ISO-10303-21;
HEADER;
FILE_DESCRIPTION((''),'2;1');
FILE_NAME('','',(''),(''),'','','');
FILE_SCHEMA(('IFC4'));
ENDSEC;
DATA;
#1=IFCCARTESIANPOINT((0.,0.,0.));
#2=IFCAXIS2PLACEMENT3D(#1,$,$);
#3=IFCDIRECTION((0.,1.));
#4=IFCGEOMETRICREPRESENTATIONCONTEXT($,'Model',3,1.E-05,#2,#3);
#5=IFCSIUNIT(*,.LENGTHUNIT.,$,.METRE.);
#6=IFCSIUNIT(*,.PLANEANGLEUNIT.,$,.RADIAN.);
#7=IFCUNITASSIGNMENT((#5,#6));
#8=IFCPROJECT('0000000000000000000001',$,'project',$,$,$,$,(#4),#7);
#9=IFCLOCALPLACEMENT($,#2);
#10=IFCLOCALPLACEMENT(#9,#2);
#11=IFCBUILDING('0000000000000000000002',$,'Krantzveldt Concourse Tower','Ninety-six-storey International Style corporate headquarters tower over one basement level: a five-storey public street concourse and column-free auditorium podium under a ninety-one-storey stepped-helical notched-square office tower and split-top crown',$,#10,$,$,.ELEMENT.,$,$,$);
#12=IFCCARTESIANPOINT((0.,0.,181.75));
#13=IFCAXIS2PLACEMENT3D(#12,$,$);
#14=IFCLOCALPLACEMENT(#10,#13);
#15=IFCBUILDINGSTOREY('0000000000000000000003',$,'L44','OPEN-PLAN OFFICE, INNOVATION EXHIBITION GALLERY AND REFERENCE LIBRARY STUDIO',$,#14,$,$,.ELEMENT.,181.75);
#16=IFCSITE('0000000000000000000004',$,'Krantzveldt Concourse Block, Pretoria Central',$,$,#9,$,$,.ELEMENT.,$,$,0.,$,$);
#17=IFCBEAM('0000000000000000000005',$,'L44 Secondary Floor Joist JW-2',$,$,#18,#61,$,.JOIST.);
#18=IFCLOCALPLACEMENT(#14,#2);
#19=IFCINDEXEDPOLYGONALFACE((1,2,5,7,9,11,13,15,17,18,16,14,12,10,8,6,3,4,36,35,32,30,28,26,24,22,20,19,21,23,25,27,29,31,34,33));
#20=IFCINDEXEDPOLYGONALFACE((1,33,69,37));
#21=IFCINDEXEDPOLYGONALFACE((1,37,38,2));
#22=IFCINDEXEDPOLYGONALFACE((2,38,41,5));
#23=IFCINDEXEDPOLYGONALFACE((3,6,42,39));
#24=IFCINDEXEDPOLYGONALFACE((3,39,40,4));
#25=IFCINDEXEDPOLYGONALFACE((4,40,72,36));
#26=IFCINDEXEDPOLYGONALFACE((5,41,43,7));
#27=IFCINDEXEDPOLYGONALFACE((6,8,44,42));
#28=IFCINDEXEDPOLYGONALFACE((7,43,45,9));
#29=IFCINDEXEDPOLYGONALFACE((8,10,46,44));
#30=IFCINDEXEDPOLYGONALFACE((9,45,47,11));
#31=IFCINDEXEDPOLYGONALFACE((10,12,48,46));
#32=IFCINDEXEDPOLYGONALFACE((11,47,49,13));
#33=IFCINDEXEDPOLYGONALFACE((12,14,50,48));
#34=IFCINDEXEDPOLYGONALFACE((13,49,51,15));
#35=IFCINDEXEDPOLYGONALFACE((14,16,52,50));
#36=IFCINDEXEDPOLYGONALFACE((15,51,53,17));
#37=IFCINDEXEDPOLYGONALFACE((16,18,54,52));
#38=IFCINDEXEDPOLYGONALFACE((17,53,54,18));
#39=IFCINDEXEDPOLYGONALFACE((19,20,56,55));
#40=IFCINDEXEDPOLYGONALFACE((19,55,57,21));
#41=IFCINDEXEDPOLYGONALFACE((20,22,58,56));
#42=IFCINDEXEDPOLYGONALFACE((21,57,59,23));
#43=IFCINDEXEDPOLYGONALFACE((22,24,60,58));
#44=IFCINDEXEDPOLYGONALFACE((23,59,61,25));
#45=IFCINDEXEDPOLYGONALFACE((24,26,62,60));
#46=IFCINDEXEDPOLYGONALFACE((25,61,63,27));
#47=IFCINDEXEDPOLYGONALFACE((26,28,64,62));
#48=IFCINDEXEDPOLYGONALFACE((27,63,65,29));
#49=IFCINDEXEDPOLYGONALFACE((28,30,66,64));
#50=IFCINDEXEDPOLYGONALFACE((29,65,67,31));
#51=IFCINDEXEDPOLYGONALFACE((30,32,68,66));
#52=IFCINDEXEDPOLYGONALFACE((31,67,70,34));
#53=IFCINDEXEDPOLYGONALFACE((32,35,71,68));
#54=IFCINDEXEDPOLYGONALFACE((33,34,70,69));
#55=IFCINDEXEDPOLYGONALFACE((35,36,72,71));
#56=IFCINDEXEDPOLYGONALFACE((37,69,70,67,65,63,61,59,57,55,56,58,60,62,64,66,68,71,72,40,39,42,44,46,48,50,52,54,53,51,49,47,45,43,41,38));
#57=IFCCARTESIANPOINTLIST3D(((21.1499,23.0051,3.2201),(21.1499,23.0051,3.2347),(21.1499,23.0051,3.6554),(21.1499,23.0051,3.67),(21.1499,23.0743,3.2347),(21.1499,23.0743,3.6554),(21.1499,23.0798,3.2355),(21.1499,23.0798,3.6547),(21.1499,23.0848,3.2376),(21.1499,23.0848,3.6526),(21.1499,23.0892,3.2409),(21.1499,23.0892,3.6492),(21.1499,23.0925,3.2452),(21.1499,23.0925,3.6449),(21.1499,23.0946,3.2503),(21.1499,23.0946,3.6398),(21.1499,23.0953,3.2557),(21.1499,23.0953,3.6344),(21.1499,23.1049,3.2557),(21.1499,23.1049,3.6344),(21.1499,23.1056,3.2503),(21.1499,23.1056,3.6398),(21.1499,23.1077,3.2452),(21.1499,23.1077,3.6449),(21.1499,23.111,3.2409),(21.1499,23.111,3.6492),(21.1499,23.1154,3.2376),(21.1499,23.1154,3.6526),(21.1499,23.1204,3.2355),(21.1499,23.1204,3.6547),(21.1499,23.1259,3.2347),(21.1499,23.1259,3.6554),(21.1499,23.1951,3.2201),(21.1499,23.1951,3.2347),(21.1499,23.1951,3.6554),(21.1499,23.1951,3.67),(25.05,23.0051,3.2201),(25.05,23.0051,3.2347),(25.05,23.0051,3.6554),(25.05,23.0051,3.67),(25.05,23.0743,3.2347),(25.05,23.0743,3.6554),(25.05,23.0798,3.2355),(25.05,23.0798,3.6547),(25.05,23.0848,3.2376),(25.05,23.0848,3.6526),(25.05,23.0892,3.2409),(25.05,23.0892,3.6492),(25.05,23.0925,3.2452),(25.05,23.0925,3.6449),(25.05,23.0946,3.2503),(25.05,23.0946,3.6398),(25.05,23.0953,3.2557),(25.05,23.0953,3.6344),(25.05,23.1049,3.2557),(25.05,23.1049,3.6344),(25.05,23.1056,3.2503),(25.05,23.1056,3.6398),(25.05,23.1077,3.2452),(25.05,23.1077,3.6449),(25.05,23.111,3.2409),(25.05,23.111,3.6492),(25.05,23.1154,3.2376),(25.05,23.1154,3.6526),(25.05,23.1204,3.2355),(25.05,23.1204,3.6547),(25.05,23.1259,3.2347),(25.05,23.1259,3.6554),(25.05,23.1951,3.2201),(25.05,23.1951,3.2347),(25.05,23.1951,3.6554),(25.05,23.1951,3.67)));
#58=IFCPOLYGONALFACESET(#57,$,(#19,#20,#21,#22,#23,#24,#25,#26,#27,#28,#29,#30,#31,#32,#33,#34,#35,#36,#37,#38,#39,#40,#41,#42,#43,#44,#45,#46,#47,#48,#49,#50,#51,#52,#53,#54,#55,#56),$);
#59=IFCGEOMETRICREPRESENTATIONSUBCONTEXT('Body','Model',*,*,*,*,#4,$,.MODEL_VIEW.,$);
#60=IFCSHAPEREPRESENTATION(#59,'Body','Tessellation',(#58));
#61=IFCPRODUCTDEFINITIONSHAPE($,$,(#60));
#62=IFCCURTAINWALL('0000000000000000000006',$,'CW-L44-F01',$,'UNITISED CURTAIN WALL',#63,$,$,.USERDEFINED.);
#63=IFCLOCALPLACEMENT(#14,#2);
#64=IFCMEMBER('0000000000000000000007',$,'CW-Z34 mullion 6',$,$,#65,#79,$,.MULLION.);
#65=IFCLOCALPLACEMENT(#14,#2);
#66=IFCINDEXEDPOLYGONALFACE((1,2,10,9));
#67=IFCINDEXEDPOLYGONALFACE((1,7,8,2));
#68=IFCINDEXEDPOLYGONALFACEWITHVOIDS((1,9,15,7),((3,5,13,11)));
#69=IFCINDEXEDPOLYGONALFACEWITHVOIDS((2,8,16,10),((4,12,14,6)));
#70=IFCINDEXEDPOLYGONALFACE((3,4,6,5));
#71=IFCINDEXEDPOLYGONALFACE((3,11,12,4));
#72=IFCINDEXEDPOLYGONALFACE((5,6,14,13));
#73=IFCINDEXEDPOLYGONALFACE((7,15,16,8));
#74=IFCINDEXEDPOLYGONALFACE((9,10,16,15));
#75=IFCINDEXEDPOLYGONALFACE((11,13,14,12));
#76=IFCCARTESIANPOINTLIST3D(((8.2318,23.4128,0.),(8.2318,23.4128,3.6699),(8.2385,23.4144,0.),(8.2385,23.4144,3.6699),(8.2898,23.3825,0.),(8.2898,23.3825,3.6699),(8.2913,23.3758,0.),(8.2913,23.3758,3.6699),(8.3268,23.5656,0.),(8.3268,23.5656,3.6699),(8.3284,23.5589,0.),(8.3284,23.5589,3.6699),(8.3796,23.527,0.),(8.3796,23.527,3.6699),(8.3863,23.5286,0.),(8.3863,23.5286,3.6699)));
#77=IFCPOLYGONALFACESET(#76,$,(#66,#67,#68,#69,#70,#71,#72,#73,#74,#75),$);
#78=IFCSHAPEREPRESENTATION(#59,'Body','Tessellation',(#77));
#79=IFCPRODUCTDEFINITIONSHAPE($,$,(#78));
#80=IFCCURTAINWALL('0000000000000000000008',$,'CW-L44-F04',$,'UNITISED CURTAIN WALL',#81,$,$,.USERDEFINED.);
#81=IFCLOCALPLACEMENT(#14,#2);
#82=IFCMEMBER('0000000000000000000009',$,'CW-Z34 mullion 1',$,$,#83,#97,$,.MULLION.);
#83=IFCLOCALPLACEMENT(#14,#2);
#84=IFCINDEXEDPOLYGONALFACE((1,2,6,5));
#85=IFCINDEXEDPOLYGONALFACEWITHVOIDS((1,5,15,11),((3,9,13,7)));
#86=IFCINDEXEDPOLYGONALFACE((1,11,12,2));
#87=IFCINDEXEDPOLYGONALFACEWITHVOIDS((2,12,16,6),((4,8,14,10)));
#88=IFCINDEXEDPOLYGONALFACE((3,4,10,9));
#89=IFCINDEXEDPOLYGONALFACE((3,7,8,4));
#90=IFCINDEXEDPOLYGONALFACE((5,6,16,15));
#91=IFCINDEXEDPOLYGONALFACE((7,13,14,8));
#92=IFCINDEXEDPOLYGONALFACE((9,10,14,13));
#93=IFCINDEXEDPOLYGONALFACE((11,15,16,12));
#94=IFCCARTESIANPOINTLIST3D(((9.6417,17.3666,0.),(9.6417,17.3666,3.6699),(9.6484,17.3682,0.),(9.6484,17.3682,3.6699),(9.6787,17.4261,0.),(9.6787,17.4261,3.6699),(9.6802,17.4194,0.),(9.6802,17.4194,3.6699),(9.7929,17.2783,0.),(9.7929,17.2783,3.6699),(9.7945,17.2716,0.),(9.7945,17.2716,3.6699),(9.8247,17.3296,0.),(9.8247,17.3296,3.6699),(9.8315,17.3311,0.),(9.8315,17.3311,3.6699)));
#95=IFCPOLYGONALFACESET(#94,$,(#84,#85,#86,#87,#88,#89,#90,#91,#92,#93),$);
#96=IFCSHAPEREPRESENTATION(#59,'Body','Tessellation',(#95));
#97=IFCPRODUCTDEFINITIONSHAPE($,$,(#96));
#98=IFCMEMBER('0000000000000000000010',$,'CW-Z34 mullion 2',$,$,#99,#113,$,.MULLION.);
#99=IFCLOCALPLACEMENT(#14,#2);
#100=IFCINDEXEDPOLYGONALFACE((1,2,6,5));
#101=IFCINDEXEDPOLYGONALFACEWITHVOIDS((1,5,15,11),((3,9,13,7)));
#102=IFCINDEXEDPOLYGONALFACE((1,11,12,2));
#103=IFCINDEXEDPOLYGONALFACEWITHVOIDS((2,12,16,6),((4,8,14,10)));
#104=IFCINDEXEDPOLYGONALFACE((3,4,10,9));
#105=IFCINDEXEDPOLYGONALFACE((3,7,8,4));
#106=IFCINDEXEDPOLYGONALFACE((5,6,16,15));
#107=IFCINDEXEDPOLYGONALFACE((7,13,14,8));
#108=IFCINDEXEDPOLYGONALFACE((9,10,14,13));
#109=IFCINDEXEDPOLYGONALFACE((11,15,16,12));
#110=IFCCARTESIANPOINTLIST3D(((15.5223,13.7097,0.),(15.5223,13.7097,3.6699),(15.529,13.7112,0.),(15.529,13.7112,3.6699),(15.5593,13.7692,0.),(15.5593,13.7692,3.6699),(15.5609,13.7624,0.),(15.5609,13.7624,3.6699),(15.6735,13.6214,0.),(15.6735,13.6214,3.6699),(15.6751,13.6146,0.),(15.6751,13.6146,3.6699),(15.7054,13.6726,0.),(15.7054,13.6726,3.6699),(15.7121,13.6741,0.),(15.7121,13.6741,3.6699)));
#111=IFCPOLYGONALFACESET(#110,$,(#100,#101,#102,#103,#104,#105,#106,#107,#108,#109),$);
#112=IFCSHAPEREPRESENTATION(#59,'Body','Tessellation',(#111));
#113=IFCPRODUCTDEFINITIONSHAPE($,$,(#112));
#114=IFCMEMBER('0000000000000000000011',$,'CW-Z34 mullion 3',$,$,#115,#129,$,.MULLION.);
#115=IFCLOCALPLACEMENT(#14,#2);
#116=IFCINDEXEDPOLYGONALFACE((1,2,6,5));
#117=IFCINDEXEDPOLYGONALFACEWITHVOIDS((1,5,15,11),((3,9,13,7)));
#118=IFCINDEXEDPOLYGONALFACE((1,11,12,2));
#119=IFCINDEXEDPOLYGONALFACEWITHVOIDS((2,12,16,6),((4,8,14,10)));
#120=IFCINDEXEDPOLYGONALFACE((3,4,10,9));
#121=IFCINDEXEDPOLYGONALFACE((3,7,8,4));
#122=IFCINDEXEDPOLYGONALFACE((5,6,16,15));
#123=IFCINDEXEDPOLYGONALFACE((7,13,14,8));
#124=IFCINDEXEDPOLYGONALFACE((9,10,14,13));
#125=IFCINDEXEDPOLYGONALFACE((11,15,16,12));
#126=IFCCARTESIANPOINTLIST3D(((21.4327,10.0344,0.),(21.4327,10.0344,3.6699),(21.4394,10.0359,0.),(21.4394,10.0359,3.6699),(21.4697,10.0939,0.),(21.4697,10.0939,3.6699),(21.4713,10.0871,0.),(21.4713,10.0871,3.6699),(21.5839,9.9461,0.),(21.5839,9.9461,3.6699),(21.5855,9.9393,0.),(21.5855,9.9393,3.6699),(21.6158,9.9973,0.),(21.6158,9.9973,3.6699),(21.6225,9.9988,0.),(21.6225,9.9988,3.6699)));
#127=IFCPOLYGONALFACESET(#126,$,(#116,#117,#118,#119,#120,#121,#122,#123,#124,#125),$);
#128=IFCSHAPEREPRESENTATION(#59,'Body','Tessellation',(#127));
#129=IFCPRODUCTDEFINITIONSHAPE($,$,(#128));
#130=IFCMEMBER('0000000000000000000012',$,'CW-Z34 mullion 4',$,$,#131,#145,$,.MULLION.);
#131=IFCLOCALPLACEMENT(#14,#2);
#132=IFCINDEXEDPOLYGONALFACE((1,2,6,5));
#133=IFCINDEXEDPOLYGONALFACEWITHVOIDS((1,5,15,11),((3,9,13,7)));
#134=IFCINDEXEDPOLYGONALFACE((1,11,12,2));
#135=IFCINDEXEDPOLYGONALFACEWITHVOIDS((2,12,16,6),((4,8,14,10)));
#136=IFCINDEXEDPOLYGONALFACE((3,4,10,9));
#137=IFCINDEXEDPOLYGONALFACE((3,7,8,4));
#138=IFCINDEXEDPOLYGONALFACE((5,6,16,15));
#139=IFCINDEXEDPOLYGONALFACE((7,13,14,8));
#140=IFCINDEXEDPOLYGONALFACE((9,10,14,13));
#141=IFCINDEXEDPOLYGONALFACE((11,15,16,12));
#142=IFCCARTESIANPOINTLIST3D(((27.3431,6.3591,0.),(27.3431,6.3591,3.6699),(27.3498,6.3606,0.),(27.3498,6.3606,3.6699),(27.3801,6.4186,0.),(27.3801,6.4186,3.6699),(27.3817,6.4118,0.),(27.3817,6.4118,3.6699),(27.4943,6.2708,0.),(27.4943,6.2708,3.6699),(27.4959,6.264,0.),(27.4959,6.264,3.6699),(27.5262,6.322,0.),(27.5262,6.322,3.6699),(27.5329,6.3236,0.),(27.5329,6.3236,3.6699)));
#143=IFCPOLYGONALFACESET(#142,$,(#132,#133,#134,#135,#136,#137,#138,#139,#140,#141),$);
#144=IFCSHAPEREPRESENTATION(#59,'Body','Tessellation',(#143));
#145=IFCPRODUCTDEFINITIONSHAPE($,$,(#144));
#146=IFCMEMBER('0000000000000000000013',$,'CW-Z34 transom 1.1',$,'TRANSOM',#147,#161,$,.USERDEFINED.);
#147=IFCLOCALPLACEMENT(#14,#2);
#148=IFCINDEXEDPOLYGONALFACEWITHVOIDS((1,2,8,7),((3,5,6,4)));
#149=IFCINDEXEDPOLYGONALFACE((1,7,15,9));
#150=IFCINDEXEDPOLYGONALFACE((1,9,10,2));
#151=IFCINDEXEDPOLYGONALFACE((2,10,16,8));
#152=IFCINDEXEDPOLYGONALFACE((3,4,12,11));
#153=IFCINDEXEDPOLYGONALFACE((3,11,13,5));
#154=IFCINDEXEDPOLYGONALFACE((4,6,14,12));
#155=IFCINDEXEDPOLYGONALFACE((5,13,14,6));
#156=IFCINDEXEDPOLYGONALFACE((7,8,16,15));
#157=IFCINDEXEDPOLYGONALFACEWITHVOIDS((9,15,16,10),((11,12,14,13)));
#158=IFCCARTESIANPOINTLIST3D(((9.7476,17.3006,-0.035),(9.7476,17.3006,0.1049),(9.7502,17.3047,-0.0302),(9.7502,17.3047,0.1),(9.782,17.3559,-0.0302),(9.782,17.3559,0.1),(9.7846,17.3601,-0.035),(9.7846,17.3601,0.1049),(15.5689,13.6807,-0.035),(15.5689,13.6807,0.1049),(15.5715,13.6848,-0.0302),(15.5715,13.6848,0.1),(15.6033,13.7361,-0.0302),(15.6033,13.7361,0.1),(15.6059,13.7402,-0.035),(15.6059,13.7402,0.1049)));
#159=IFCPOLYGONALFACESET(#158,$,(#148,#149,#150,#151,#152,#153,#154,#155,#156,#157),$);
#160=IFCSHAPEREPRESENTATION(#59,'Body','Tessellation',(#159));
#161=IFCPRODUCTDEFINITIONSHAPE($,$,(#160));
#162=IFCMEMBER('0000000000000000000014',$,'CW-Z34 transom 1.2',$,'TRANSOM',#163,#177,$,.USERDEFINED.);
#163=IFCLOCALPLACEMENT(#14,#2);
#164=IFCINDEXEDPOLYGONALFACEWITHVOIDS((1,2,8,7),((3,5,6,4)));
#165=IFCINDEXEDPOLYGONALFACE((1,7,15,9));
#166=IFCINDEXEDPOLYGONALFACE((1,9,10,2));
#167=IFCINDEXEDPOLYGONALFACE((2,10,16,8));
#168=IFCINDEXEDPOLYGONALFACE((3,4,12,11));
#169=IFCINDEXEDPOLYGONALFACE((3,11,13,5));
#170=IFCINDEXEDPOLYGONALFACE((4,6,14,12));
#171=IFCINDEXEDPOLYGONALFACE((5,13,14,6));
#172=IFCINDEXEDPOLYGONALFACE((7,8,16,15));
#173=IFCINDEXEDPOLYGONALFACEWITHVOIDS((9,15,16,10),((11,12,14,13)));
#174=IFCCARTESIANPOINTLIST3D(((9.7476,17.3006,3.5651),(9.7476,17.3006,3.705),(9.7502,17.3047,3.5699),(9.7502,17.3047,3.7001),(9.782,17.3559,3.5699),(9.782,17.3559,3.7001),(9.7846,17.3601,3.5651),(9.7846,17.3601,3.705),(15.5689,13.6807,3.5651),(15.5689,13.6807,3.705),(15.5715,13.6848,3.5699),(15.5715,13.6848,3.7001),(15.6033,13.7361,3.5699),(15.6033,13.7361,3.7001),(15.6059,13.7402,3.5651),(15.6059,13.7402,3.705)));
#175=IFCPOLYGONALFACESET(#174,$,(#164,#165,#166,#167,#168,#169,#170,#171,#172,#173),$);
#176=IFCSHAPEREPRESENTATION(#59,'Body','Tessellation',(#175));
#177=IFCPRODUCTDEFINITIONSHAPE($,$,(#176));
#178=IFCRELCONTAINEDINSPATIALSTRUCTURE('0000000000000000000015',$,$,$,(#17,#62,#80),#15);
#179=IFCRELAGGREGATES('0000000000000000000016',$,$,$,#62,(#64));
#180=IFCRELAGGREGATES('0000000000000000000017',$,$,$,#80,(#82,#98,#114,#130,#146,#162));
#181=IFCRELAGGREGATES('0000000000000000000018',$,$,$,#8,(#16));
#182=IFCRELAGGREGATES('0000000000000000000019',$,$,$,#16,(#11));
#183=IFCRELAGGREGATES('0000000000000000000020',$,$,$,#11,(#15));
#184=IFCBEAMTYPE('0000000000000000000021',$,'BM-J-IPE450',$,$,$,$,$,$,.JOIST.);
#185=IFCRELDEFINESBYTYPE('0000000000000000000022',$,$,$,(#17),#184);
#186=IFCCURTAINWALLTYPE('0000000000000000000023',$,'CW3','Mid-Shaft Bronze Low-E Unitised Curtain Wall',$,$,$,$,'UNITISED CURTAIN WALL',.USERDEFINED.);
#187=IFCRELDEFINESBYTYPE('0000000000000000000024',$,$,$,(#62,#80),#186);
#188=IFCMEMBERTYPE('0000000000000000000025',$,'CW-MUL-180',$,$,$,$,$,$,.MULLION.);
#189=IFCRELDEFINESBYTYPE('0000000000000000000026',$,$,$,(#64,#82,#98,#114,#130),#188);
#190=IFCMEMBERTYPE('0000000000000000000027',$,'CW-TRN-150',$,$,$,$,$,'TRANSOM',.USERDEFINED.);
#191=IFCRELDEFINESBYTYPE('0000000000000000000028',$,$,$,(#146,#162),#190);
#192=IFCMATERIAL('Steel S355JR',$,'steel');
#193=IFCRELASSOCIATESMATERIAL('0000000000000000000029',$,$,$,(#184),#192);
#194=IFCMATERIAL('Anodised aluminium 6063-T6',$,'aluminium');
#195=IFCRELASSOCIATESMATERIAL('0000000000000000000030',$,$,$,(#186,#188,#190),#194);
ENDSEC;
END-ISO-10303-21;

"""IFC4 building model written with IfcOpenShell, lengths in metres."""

from ifc_helpers import new_model, si_unit, direction, frame, origin, origin_2d, place, context, subcontext, project, spatial, hollow_rectangle, i_section, extrude, source, transform, mapped, material, material_profile, profile_set, type_object, type_shapes, element, aggregate, save


model = new_model("IFC4")

# Units and contexts
model_context = context("Model", 3, precision=1e-05, world=origin(), true_north=direction((0.0, 1.0)))
body_context = subcontext(model_context, "Body", "Model", "MODEL_VIEW")
ifc_project = project(units=[si_unit("LENGTHUNIT", "METRE"), si_unit("PLANEANGLEUNIT", "RADIAN")], contexts=[model_context])

# Site, building, storey
site_placement = place(None, origin())
site = spatial("IfcSite", under=ifc_project, at=site_placement, Name="Krantzveldt Concourse Block, Pretoria Central", CompositionType="ELEMENT", RefElevation=0.0)
building_placement = place(site_placement, origin())
building = spatial("IfcBuilding", under=site, at=building_placement, Name="Krantzveldt Concourse Tower", Description="Ninety-six-storey International Style corporate headquarters tower over one basement level: a five-storey public street concourse and column-free auditorium podium under a ninety-one-storey stepped-helical notched-square office tower and split-top crown", CompositionType="ELEMENT")
storey_placement = place(building_placement, frame((0.0, 0.0, 181.75)))
storey = spatial("IfcBuildingStorey", under=building, at=storey_placement, Name="L44", Description="OPEN-PLAN OFFICE, INNOVATION EXHIBITION GALLERY AND REFERENCE LIBRARY STUDIO", CompositionType="ELEMENT", Elevation=181.75)

# Beam
ifc_material_1 = material(Name="Steel S355JR", Category="steel")
ifc_material_profile_1 = material_profile(ifc_material_1, i_section(OverallWidth=0.1899, OverallDepth=0.45, WebThickness=0.0095, FlangeThickness=0.0146, FilletRadius=0.021, at=origin_2d()), Name="Steel S355JR", Category="steel")
ifc_profile_set_1 = profile_set([ifc_material_profile_1], Name="Steel S355JR - IPE 450")
beam_type_1 = type_object("IfcBeamType", Name="BM-J-IPE450", PredefinedType="JOIST", material=ifc_profile_set_1)
shared_shape_1 = source(origin(), body_context, "Body", "SweptSolid", [
    extrude(i_section(OverallWidth=0.1899, OverallDepth=0.45, WebThickness=0.0095, FlangeThickness=0.0146, FilletRadius=0.021, at=origin_2d()), origin(), (0.0, 0.0, 1.0), 3.9001),
])
type_shapes(beam_type_1, [shared_shape_1])
for number, where, z_axis, x_axis, name in (
    (1, (21.1499, 23.1001, 3.4451), (1.0, 0.0, 0.0), (0.0, 1.0, 0.0), "L44 Secondary Floor Joist JW-2"),
):
    element("IfcBeam", number, at=place(storey_placement, frame(where, z_axis=z_axis, x_axis=x_axis)), inside=storey, type_object=beam_type_1, Name=name, PredefinedType="JOIST", context=body_context, shape_type="MappedRepresentation", body=[
        mapped(shared_shape_1, transform((0.0, 0.0, 0.0), x_axis=(1.0, 0.0, 0.0), y_axis=(0.0, 1.0, 0.0), z_axis=(0.0, 0.0, 1.0), scale=1.0)),
    ])

# Curtain wall, member
ifc_material_2 = material(Name="Anodised aluminium 6063-T6", Category="aluminium")
curtain_wall_type = type_object("IfcCurtainWallType", Name="CW3", Description="Mid-Shaft Bronze Low-E Unitised Curtain Wall", ElementType="UNITISED CURTAIN WALL", PredefinedType="USERDEFINED", material=ifc_material_2)
curtain_wall_1_placement = place(storey_placement, origin())
curtain_wall_1 = element("IfcCurtainWall", 2, at=curtain_wall_1_placement, inside=storey, type_object=curtain_wall_type, Name="CW-L44-F01", ObjectType="UNITISED CURTAIN WALL", PredefinedType="USERDEFINED")
ifc_material_profile_2 = material_profile(ifc_material_2, hollow_rectangle(XDim=0.0701, YDim=0.1799, WallThickness=0.0049, at=origin_2d()), Name="Anodised aluminium 6063-T6", Category="aluminium")
ifc_profile_set_2 = profile_set([ifc_material_profile_2], Name="Anodised aluminium 6063-T6 - ALU-MULL 180x70x5")
member_type_1 = type_object("IfcMemberType", Name="CW-MUL-180", PredefinedType="MULLION", material=ifc_profile_set_2)
shared_shape_2 = source(origin(), body_context, "Body", "SweptSolid", [
    extrude(hollow_rectangle(XDim=0.0701, YDim=0.1799, WallThickness=0.0049, at=origin_2d()), origin(), (0.0, 0.0, 1.0), 3.6699),
])
type_shapes(member_type_1, [shared_shape_2])
member_1_placement = place(storey_placement, frame((8.3091, 23.4707, 0.0), z_axis=(0.0, 0.0, 1.0), x_axis=(0.849202, -0.528068, 0.0)))
member_1 = element("IfcMember", 3, at=member_1_placement, type_object=member_type_1, Name="CW-Z34 mullion 6", PredefinedType="MULLION", context=body_context, shape_type="MappedRepresentation", body=[
    mapped(shared_shape_2, transform((0.0, 0.0, 0.0), x_axis=(1.0, 0.0, 0.0), y_axis=(0.0, 1.0, 0.0), z_axis=(0.0, 0.0, 1.0), scale=1.0)),
])
aggregate(curtain_wall_1, [member_1])

# Curtain wall, members
curtain_wall_2_placement = place(storey_placement, origin())
curtain_wall_2 = element("IfcCurtainWall", 4, at=curtain_wall_2_placement, inside=storey, type_object=curtain_wall_type, Name="CW-L44-F04", ObjectType="UNITISED CURTAIN WALL", PredefinedType="USERDEFINED")
member_2_placement = place(storey_placement, frame((9.7366, 17.3489, 0.0), z_axis=(0.0, 0.0, 1.0), x_axis=(0.528068, 0.849202, 0.0)))
member_2 = element("IfcMember", 5, at=member_2_placement, type_object=member_type_1, Name="CW-Z34 mullion 1", PredefinedType="MULLION", context=body_context, shape_type="MappedRepresentation", body=[
    mapped(shared_shape_2, transform((0.0, 0.0, 0.0), x_axis=(1.0, 0.0, 0.0), y_axis=(0.0, 1.0, 0.0), z_axis=(0.0, 0.0, 1.0), scale=1.0)),
])
member_3_placement = place(storey_placement, frame((15.6172, 13.6919, 0.0), z_axis=(0.0, 0.0, 1.0), x_axis=(0.528068, 0.849202, 0.0)))
member_3 = element("IfcMember", 6, at=member_3_placement, type_object=member_type_1, Name="CW-Z34 mullion 2", PredefinedType="MULLION", context=body_context, shape_type="MappedRepresentation", body=[
    mapped(shared_shape_2, transform((0.0, 0.0, 0.0), x_axis=(1.0, 0.0, 0.0), y_axis=(0.0, 1.0, 0.0), z_axis=(0.0, 0.0, 1.0), scale=1.0)),
])
member_4_placement = place(storey_placement, frame((21.5276, 10.0166, 0.0), z_axis=(0.0, 0.0, 1.0), x_axis=(0.528068, 0.849202, 0.0)))
member_4 = element("IfcMember", 7, at=member_4_placement, type_object=member_type_1, Name="CW-Z34 mullion 3", PredefinedType="MULLION", context=body_context, shape_type="MappedRepresentation", body=[
    mapped(shared_shape_2, transform((0.0, 0.0, 0.0), x_axis=(1.0, 0.0, 0.0), y_axis=(0.0, 1.0, 0.0), z_axis=(0.0, 0.0, 1.0), scale=1.0)),
])
member_5_placement = place(storey_placement, frame((27.438, 6.3413, 0.0), z_axis=(0.0, 0.0, 1.0), x_axis=(0.528068, 0.849202, 0.0)))
member_5 = element("IfcMember", 8, at=member_5_placement, type_object=member_type_1, Name="CW-Z34 mullion 4", PredefinedType="MULLION", context=body_context, shape_type="MappedRepresentation", body=[
    mapped(shared_shape_2, transform((0.0, 0.0, 0.0), x_axis=(1.0, 0.0, 0.0), y_axis=(0.0, 1.0, 0.0), z_axis=(0.0, 0.0, 1.0), scale=1.0)),
])
ifc_material_profile_3 = material_profile(ifc_material_2, hollow_rectangle(XDim=0.0701, YDim=0.1399, WallThickness=0.0049, at=origin_2d()), Name="Anodised aluminium 6063-T6", Category="aluminium")
ifc_profile_set_3 = profile_set([ifc_material_profile_3], Name="Anodised aluminium 6063-T6 - ALU-TRAN 140x70x5")
member_type_2 = type_object("IfcMemberType", Name="CW-TRN-150", ElementType="TRANSOM", PredefinedType="USERDEFINED", material=ifc_profile_set_3)
shared_shape_3 = source(origin(), body_context, "Body", "SweptSolid", [
    extrude(hollow_rectangle(XDim=0.0701, YDim=0.1399, WallThickness=0.0049, at=origin_2d()), origin(), (0.0, 0.0, 1.0), 6.855),
])
member_6_placement = place(storey_placement, frame((9.7661, 17.3303, 0.0349), z_axis=(0.849205, -0.528064, 0.0), x_axis=(0.528064, 0.849205, 0.0)))
member_6 = element("IfcMember", 9, at=member_6_placement, type_object=member_type_2, Name="CW-Z34 transom 1.1", ObjectType="TRANSOM", PredefinedType="USERDEFINED", context=body_context, shape_type="MappedRepresentation", body=[
    mapped(shared_shape_3, transform((0.0, 0.0, 0.0), x_axis=(1.0, 0.0, 0.0), y_axis=(0.0, 1.0, 0.0), z_axis=(0.0, 0.0, 1.0), scale=1.0)),
])
member_7_placement = place(storey_placement, frame((9.7661, 17.3303, 3.635), z_axis=(0.849205, -0.528064, 0.0), x_axis=(0.528064, 0.849205, 0.0)))
member_7 = element("IfcMember", 10, at=member_7_placement, type_object=member_type_2, Name="CW-Z34 transom 1.2", ObjectType="TRANSOM", PredefinedType="USERDEFINED", context=body_context, shape_type="MappedRepresentation", body=[
    mapped(shared_shape_3, transform((0.0, 0.0, 0.0), x_axis=(1.0, 0.0, 0.0), y_axis=(0.0, 1.0, 0.0), z_axis=(0.0, 0.0, 1.0), scale=1.0)),
])

aggregate(curtain_wall_2, [member_2, member_3, member_4, member_5, member_6, member_7])

save(model, "model.ifc")
